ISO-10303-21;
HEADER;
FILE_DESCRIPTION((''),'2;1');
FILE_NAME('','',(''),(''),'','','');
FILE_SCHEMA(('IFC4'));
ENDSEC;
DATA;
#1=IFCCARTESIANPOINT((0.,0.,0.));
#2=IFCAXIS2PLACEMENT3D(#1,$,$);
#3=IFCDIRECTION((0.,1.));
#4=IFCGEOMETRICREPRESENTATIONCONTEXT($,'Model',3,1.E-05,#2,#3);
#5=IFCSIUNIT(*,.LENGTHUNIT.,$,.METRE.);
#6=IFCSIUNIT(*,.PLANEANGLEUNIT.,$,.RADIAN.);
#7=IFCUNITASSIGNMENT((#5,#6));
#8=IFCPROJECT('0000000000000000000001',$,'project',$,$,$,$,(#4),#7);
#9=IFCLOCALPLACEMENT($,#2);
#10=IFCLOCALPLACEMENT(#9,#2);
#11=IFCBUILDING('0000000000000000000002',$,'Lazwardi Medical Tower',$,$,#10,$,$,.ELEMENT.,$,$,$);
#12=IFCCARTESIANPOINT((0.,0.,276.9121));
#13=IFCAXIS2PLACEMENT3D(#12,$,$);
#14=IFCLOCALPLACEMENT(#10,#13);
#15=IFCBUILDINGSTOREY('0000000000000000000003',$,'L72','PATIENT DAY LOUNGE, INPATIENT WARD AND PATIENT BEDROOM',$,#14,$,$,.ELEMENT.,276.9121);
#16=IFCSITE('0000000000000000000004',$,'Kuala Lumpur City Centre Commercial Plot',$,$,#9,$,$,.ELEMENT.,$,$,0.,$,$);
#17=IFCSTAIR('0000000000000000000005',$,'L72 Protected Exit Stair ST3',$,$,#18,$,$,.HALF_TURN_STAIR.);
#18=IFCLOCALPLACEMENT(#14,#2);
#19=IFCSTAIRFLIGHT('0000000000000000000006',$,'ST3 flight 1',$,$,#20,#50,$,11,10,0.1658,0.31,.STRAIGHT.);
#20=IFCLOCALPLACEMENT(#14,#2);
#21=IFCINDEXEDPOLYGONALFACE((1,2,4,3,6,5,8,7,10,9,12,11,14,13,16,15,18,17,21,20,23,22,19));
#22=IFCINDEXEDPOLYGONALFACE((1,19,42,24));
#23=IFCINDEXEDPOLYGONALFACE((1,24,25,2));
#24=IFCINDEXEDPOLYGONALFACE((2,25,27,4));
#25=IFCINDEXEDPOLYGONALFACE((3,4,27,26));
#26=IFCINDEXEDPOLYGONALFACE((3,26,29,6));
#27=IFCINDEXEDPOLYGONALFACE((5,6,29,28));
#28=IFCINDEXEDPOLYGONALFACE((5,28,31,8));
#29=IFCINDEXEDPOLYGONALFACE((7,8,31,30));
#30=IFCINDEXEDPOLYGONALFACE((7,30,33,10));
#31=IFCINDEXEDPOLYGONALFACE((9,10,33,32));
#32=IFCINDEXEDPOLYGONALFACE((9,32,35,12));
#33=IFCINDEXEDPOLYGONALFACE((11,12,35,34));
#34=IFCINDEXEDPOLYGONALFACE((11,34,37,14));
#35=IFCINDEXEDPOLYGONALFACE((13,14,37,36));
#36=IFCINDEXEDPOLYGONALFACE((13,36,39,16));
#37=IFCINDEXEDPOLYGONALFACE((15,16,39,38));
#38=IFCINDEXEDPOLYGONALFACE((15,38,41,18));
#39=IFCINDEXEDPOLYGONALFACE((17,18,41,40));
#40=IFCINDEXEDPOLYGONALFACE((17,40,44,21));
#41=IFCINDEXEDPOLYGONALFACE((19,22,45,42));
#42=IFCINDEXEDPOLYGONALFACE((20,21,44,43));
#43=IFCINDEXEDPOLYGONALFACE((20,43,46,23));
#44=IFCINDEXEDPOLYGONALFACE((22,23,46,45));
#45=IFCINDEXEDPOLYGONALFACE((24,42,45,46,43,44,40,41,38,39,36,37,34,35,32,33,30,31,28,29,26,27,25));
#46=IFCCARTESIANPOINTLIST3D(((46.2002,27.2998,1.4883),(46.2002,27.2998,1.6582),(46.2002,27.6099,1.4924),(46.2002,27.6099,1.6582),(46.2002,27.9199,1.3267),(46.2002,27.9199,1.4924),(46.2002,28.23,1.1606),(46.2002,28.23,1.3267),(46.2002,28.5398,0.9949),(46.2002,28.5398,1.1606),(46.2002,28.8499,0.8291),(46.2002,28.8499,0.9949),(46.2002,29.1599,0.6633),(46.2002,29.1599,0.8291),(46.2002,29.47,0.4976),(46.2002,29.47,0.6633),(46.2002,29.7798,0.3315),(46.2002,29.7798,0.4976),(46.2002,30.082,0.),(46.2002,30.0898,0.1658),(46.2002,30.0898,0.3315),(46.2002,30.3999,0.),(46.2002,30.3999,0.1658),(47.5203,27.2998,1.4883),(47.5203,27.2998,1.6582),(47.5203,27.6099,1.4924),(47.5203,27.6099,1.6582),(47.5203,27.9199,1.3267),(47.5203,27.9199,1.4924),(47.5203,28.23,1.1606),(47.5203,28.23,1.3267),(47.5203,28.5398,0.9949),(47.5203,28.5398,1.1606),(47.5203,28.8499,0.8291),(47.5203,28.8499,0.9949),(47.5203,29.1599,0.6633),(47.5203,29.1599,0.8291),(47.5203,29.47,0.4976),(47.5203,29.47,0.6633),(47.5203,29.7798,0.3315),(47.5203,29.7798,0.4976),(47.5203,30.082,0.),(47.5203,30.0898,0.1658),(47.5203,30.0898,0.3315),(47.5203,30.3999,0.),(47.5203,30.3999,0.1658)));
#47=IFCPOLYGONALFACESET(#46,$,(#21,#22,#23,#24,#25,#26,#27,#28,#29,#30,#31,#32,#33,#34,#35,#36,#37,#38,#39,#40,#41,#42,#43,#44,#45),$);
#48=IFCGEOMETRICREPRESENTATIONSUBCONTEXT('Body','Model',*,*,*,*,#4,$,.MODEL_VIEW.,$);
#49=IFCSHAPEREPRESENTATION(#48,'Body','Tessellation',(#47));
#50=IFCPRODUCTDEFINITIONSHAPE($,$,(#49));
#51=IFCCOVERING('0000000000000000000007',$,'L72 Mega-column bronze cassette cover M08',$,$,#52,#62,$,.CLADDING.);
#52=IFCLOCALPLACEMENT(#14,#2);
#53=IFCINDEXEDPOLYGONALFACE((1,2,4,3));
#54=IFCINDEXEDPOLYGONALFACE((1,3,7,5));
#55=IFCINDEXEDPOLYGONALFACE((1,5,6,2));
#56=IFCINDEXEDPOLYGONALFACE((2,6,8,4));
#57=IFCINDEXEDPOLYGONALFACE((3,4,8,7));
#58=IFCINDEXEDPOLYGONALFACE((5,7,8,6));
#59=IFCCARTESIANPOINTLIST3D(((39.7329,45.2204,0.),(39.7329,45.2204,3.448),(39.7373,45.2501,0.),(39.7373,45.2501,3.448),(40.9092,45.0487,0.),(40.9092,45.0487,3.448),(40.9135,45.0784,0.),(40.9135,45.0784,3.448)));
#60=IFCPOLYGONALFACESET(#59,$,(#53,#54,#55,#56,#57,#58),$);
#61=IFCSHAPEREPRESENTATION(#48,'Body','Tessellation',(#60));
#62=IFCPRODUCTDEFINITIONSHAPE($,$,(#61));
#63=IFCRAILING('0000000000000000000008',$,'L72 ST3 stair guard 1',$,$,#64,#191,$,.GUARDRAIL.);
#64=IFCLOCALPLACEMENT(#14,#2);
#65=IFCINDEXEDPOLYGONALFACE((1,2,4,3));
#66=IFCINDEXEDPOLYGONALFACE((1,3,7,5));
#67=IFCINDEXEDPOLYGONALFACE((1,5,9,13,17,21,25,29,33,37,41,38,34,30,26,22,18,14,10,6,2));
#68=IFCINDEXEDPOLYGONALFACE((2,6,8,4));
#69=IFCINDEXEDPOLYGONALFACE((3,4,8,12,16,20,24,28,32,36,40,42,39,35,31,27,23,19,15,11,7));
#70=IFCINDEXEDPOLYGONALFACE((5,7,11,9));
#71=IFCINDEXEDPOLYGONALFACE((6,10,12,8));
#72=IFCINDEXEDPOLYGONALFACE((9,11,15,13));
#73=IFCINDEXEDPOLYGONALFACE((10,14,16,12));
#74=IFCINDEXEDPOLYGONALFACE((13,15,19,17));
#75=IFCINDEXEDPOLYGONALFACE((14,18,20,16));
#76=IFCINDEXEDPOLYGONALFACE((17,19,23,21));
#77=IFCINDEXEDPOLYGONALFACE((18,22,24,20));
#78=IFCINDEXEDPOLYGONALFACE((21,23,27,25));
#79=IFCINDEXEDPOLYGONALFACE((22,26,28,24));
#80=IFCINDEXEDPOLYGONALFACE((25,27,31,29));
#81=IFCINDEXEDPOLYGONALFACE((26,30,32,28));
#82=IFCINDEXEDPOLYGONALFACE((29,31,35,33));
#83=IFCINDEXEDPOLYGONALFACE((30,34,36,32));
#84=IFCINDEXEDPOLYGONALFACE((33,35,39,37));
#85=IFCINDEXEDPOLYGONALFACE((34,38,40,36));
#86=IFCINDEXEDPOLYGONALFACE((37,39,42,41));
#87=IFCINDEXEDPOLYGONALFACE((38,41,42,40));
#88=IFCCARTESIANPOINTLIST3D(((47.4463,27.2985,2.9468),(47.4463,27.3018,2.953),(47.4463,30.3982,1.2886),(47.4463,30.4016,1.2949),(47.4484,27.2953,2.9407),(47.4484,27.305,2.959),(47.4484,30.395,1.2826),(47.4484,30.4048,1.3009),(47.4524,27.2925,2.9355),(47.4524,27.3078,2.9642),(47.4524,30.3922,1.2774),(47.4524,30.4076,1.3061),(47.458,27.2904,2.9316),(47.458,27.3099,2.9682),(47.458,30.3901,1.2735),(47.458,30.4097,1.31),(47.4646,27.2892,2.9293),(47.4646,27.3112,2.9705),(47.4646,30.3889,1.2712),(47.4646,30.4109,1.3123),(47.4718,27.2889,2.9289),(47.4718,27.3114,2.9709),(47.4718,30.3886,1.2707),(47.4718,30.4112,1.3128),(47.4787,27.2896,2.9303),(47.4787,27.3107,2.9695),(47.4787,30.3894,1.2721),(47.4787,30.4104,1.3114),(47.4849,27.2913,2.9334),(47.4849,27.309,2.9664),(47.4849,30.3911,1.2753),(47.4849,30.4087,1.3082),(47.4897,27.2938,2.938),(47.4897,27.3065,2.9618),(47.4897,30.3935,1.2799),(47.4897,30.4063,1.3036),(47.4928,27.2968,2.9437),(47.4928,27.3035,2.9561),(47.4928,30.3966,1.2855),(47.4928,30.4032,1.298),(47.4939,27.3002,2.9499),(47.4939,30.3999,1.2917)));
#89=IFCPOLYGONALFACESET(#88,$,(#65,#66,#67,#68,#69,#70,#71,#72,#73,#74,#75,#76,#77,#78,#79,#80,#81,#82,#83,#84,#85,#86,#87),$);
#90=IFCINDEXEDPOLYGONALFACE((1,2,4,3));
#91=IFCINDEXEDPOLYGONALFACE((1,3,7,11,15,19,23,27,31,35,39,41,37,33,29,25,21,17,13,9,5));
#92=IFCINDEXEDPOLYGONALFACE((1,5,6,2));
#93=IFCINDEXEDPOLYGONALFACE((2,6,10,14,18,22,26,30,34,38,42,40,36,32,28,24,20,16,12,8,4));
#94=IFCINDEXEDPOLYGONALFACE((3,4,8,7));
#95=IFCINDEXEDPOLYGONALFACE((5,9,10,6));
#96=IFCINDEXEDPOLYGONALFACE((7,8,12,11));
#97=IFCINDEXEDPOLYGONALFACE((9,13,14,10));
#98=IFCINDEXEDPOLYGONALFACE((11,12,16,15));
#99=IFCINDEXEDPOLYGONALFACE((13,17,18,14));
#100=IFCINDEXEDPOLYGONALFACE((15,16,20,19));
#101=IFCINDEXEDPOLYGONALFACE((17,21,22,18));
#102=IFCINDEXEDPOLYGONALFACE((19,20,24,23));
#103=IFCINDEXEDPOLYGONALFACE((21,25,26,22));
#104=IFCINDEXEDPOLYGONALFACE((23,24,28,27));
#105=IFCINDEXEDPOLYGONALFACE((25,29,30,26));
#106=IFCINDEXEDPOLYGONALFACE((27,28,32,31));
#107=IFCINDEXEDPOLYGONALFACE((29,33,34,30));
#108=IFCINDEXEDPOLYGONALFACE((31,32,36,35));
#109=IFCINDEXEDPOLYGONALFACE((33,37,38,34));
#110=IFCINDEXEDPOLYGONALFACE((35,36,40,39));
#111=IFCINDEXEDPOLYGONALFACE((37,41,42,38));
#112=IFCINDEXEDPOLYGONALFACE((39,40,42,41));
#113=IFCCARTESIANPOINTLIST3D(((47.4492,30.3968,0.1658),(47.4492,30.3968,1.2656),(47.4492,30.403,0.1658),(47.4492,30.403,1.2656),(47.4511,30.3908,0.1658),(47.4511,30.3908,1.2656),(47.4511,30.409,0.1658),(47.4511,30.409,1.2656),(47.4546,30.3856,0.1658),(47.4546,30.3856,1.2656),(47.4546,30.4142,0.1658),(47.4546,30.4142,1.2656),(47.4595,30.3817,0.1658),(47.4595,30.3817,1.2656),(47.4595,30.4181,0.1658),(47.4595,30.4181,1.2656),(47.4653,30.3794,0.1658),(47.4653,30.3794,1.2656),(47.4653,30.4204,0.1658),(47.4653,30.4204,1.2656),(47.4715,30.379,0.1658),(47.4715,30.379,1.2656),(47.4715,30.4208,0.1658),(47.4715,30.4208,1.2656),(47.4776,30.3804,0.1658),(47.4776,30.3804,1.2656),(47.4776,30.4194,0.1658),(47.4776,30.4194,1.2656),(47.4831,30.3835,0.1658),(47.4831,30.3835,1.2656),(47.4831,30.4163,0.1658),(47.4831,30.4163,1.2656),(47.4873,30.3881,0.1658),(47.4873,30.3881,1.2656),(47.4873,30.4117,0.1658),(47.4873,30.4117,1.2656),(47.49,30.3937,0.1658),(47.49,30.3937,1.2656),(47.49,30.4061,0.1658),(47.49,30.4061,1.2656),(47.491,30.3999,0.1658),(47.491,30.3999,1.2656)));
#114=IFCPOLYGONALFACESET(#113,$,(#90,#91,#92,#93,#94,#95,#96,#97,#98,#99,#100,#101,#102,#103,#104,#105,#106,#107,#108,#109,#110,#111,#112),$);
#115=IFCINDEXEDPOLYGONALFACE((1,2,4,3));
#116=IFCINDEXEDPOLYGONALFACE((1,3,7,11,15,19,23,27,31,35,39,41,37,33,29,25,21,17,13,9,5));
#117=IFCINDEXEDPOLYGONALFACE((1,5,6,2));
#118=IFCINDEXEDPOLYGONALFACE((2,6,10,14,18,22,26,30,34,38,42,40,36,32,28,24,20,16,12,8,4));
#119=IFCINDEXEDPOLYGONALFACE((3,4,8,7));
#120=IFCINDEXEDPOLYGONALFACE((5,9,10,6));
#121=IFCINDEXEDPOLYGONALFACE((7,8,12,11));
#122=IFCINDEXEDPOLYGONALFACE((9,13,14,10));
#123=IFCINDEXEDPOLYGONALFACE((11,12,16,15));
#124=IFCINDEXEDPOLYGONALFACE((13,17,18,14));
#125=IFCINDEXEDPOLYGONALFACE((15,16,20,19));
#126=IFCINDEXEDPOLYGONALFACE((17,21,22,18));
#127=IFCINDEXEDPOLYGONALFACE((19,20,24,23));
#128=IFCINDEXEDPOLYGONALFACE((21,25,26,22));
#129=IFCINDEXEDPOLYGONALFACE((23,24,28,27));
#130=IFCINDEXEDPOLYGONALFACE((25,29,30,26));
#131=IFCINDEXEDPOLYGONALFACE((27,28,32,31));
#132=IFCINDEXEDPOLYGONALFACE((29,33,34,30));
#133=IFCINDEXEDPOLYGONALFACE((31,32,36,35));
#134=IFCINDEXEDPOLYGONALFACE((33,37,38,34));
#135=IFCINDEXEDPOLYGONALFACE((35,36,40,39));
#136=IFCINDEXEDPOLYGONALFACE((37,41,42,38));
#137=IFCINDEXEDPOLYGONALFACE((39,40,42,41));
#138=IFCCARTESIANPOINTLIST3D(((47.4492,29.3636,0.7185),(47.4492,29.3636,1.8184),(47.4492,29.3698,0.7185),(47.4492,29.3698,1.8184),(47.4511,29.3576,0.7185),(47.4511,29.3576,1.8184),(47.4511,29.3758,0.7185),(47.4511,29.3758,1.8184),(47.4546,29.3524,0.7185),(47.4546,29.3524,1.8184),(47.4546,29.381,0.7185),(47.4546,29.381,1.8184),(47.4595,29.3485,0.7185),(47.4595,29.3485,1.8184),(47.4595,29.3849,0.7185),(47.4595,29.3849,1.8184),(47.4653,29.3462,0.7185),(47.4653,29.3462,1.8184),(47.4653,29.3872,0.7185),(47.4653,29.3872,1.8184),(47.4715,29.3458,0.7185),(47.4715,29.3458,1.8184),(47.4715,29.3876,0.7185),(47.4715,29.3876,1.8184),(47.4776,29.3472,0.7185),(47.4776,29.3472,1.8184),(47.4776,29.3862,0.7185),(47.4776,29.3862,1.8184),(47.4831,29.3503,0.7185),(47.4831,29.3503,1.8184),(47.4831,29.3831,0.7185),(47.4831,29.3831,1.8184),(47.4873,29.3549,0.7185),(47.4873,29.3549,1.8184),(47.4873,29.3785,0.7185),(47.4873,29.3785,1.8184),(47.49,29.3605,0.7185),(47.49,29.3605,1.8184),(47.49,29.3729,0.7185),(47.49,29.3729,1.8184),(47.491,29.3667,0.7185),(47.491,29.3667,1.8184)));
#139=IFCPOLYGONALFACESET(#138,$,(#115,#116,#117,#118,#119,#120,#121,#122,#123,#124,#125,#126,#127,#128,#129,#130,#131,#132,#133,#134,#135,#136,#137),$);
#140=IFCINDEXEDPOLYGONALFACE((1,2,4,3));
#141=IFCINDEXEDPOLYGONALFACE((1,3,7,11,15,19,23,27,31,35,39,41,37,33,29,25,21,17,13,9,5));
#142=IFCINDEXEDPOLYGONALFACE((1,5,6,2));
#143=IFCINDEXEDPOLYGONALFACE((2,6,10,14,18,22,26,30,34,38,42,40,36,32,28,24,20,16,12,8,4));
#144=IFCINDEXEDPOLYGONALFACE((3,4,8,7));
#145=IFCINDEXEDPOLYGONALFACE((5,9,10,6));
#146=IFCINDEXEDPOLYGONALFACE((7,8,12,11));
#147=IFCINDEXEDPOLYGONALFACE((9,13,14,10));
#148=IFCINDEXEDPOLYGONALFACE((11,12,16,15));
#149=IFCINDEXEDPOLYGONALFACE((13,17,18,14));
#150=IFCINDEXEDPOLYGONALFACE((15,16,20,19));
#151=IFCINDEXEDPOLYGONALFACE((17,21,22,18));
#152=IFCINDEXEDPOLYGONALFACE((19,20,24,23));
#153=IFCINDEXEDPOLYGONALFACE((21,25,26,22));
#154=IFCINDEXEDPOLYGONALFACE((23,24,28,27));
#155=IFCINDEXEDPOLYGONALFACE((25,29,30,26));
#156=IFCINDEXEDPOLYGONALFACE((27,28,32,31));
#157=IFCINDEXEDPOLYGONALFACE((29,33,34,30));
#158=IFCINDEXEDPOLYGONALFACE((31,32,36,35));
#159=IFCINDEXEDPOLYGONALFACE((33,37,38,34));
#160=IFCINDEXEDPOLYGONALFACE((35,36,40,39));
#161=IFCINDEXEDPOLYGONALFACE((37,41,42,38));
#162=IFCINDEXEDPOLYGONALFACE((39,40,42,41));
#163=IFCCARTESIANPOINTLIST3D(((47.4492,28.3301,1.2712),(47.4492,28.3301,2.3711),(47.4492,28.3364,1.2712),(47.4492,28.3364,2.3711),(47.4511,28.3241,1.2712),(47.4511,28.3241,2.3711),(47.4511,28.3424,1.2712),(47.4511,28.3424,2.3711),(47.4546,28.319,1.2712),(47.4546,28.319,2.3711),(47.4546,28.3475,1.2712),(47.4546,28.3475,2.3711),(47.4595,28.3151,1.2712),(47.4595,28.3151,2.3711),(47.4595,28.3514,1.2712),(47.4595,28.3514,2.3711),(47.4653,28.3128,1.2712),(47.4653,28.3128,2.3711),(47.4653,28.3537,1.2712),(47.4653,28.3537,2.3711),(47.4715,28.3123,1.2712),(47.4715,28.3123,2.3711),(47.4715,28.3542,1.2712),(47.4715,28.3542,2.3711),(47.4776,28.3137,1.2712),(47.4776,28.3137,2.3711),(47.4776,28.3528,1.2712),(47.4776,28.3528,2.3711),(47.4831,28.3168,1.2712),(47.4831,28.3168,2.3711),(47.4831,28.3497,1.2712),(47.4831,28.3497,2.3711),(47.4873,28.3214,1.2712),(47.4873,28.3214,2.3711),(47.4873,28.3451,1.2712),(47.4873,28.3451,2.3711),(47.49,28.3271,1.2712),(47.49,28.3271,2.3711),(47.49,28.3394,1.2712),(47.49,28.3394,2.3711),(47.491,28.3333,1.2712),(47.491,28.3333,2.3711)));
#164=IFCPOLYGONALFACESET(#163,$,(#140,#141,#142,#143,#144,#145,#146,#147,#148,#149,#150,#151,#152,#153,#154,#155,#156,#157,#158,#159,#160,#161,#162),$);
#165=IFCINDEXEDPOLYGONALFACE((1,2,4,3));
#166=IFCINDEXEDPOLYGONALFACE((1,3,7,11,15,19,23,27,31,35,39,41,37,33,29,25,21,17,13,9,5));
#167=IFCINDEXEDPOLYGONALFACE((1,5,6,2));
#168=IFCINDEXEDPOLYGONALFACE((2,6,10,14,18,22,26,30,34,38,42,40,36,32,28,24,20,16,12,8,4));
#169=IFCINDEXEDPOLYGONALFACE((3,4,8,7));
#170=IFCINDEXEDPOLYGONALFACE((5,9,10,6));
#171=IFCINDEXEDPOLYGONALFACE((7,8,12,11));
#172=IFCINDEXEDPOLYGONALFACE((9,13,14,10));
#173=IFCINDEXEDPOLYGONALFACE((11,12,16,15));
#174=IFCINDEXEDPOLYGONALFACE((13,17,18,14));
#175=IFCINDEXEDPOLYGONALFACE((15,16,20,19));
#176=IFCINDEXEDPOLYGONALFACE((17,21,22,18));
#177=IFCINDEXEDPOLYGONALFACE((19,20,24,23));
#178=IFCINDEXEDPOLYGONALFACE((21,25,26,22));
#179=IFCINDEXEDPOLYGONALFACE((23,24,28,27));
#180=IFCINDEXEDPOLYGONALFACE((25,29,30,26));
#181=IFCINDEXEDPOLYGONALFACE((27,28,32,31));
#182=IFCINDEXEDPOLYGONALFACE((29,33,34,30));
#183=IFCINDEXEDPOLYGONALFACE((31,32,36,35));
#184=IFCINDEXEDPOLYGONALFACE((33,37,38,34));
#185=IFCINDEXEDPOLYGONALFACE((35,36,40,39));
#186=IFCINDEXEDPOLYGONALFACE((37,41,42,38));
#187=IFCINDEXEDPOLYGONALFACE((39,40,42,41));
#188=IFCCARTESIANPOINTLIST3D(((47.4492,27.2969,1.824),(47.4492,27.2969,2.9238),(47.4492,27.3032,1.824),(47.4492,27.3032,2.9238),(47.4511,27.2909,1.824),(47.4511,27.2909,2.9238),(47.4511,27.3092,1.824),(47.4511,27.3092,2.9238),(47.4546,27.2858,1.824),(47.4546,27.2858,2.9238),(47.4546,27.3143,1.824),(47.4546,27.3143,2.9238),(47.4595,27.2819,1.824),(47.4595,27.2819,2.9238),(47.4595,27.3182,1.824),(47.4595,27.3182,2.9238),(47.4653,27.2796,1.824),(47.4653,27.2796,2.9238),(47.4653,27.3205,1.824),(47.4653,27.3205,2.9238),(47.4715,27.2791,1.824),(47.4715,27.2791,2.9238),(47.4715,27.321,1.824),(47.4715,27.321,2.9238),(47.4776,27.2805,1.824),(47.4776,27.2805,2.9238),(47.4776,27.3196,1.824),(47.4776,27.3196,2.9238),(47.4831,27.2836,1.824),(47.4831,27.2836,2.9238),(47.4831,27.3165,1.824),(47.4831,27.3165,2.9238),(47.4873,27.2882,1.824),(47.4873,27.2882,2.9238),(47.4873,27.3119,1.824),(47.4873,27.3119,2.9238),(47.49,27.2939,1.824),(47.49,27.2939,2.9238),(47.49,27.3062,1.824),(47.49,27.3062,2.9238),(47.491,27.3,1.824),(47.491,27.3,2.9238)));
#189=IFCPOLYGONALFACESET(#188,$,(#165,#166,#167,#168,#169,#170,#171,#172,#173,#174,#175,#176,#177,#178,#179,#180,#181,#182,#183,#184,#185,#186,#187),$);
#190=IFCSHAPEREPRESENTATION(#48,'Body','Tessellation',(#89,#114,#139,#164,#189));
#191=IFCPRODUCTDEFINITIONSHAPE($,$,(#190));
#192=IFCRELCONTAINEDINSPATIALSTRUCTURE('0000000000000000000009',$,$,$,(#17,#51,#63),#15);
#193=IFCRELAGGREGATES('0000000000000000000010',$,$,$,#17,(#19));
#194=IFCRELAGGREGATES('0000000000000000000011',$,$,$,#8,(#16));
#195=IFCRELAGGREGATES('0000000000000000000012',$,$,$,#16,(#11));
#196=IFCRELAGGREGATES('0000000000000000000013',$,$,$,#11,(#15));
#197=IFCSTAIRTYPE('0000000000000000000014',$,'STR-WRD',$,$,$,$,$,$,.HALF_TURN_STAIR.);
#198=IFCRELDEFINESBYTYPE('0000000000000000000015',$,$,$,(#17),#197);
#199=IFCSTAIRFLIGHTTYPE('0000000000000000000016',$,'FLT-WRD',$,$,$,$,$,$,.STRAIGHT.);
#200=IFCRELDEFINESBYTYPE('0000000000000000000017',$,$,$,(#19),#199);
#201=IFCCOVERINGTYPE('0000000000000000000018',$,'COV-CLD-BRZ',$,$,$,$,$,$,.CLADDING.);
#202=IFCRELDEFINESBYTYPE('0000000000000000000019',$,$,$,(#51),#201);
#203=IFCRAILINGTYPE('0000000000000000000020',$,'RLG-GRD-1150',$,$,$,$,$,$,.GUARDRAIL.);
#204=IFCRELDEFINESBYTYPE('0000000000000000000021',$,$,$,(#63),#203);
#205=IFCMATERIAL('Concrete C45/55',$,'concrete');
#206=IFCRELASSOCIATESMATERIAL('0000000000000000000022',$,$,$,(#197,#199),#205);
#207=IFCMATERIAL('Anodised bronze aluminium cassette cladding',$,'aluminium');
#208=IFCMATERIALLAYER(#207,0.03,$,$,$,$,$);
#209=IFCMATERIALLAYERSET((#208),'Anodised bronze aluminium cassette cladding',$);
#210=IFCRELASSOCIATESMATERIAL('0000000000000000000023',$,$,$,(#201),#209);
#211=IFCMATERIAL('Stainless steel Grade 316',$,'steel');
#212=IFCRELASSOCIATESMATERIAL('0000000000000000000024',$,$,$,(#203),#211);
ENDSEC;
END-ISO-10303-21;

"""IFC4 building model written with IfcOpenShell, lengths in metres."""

from ifc_helpers import new_model, si_unit, direction, frame, origin, origin_2d, place, context, subcontext, project, spatial, polyline, rectangle, circle, outline, extrude, material, layer, layer_set, type_object, element, aggregate, save


model = new_model("IFC4")

# Units and contexts
model_context = context("Model", 3, precision=1e-05, world=origin(), true_north=direction((0.0, 1.0)))
body_context = subcontext(model_context, "Body", "Model", "MODEL_VIEW")
ifc_project = project(units=[si_unit("LENGTHUNIT", "METRE"), si_unit("PLANEANGLEUNIT", "RADIAN")], contexts=[model_context])

# Site, building, storey
site_placement = place(None, origin())
site = spatial("IfcSite", under=ifc_project, at=site_placement, Name="Kuala Lumpur City Centre Commercial Plot", CompositionType="ELEMENT", RefElevation=0.0)
building_placement = place(site_placement, origin())
building = spatial("IfcBuilding", under=site, at=building_placement, Name="Lazwardi Medical Tower", CompositionType="ELEMENT")
storey_placement = place(building_placement, frame((0.0, 0.0, 276.9121)))
storey = spatial("IfcBuildingStorey", under=building, at=storey_placement, Name="L72", Description="PATIENT DAY LOUNGE, INPATIENT WARD AND PATIENT BEDROOM", CompositionType="ELEMENT", Elevation=276.9121)

# Stair, stair flight
ifc_material_1 = material(Name="Concrete C45/55", Category="concrete")
stair_type = type_object("IfcStairType", Name="STR-WRD", PredefinedType="HALF_TURN_STAIR", material=ifc_material_1)
stair_flight_type = type_object("IfcStairFlightType", Name="FLT-WRD", PredefinedType="STRAIGHT", material=ifc_material_1)
stair_1_placement = place(storey_placement, origin())
stair_1 = element("IfcStair", 1, at=stair_1_placement, inside=storey, type_object=stair_type, Name="L72 Protected Exit Stair ST3", PredefinedType="HALF_TURN_STAIR")
stair_flight_1_placement = place(storey_placement, frame((46.8601, 30.3999, 0.0), z_axis=(0.0, 0.0, 1.0), x_axis=(0.0, -1.0, 0.0)))
stair_flight_1 = element("IfcStairFlight", 2, at=stair_flight_1_placement, type_object=stair_flight_type, Name="ST3 flight 1", NumberOfRisers=11, NumberOfTreads=10, PredefinedType="STRAIGHT", RiserHeight=0.1658, TreadLength=0.31, context=body_context, shape_type="SweptSolid", body=[
    extrude(outline(polyline([(0.0, 0.0), (0.0, 0.1658), (0.3101, 0.1658), (0.3101, 0.3315), (0.6201, 0.3315), (0.6201, 0.4976), (0.9299, 0.4976), (0.9299, 0.6633), (1.24, 0.6633), (1.24, 0.8291), (1.55, 0.8291), (1.55, 0.9949), (1.8601, 0.9949), (1.8601, 1.1606), (2.1699, 1.1606), (2.1699, 1.3267), (2.48, 1.3267), (2.48, 1.4924), (2.79, 1.4924), (2.79, 1.6582), (3.1001, 1.6582), (3.1001, 1.824), (3.1001, 1.4883), (0.3179, 0.0), (0.0, 0.0)])), frame((0.0, 0.6602, 0.0), z_axis=(0.0, -1.0, 0.0), x_axis=(1.0, 0.0, 0.0)), (0.0, 0.0, 1.0), 1.3201),
])
aggregate(stair_1, [stair_flight_1])

# Covering
ifc_material_2 = material(Name="Anodised bronze aluminium cassette cladding", Category="aluminium")
ifc_layer_1 = layer(ifc_material_2, 0.03)
ifc_layer_set_1 = layer_set([ifc_layer_1], Name="Anodised bronze aluminium cassette cladding")
covering_type = type_object("IfcCoveringType", Name="COV-CLD-BRZ", PredefinedType="CLADDING", material=ifc_layer_set_1)
covering_placement = place(storey_placement, frame((40.3232, 45.1494, 0.0), z_axis=(0.0, 0.0, 1.0), x_axis=(-0.989512, 0.144448, 0.0)))
element("IfcCovering", 3, at=covering_placement, inside=storey, type_object=covering_type, Name="L72 Mega-column bronze cassette cover M08", PredefinedType="CLADDING", context=body_context, shape_type="SweptSolid", body=[
    extrude(rectangle(XDim=1.1887, YDim=0.03, at=origin_2d()), origin(), (0.0, 0.0, 1.0), 3.448),
])

# Railing
ifc_material_3 = material(Name="Stainless steel Grade 316", Category="steel")
railing_type_1 = type_object("IfcRailingType", Name="RLG-GRD-1150", PredefinedType="GUARDRAIL", material=ifc_material_3)
railing_1_placement = place(storey_placement, frame((47.47, 30.3999, 0.1658)))
element("IfcRailing", 4, at=railing_1_placement, inside=storey, type_object=railing_type_1, Name="L72 ST3 stair guard 1", PredefinedType="GUARDRAIL", context=body_context, shape_type="SweptSolid", body=[
    extrude(circle(Radius=0.0239, at=origin_2d()), frame((0.0, 0.0, 1.126), z_axis=(0.0, -0.881768, 0.471684), x_axis=(1.0, 0.0, 0.0)), (0.0, 0.0, 1.0), 3.5154),
    extrude(circle(Radius=0.021, at=origin_2d()), origin(), (0.0, 0.0, 1.0), 1.0999),
    extrude(circle(Radius=0.021, at=origin_2d()), frame((0.0, -1.0332, 0.5527)), (0.0, 0.0, 1.0), 1.0999),
    extrude(circle(Radius=0.021, at=origin_2d()), frame((0.0, -2.0667, 1.1055)), (0.0, 0.0, 1.0), 1.0999),
    extrude(circle(Radius=0.021, at=origin_2d()), frame((0.0, -3.0999, 1.6582)), (0.0, 0.0, 1.0), 1.0999),
])

save(model, "model.ifc")
